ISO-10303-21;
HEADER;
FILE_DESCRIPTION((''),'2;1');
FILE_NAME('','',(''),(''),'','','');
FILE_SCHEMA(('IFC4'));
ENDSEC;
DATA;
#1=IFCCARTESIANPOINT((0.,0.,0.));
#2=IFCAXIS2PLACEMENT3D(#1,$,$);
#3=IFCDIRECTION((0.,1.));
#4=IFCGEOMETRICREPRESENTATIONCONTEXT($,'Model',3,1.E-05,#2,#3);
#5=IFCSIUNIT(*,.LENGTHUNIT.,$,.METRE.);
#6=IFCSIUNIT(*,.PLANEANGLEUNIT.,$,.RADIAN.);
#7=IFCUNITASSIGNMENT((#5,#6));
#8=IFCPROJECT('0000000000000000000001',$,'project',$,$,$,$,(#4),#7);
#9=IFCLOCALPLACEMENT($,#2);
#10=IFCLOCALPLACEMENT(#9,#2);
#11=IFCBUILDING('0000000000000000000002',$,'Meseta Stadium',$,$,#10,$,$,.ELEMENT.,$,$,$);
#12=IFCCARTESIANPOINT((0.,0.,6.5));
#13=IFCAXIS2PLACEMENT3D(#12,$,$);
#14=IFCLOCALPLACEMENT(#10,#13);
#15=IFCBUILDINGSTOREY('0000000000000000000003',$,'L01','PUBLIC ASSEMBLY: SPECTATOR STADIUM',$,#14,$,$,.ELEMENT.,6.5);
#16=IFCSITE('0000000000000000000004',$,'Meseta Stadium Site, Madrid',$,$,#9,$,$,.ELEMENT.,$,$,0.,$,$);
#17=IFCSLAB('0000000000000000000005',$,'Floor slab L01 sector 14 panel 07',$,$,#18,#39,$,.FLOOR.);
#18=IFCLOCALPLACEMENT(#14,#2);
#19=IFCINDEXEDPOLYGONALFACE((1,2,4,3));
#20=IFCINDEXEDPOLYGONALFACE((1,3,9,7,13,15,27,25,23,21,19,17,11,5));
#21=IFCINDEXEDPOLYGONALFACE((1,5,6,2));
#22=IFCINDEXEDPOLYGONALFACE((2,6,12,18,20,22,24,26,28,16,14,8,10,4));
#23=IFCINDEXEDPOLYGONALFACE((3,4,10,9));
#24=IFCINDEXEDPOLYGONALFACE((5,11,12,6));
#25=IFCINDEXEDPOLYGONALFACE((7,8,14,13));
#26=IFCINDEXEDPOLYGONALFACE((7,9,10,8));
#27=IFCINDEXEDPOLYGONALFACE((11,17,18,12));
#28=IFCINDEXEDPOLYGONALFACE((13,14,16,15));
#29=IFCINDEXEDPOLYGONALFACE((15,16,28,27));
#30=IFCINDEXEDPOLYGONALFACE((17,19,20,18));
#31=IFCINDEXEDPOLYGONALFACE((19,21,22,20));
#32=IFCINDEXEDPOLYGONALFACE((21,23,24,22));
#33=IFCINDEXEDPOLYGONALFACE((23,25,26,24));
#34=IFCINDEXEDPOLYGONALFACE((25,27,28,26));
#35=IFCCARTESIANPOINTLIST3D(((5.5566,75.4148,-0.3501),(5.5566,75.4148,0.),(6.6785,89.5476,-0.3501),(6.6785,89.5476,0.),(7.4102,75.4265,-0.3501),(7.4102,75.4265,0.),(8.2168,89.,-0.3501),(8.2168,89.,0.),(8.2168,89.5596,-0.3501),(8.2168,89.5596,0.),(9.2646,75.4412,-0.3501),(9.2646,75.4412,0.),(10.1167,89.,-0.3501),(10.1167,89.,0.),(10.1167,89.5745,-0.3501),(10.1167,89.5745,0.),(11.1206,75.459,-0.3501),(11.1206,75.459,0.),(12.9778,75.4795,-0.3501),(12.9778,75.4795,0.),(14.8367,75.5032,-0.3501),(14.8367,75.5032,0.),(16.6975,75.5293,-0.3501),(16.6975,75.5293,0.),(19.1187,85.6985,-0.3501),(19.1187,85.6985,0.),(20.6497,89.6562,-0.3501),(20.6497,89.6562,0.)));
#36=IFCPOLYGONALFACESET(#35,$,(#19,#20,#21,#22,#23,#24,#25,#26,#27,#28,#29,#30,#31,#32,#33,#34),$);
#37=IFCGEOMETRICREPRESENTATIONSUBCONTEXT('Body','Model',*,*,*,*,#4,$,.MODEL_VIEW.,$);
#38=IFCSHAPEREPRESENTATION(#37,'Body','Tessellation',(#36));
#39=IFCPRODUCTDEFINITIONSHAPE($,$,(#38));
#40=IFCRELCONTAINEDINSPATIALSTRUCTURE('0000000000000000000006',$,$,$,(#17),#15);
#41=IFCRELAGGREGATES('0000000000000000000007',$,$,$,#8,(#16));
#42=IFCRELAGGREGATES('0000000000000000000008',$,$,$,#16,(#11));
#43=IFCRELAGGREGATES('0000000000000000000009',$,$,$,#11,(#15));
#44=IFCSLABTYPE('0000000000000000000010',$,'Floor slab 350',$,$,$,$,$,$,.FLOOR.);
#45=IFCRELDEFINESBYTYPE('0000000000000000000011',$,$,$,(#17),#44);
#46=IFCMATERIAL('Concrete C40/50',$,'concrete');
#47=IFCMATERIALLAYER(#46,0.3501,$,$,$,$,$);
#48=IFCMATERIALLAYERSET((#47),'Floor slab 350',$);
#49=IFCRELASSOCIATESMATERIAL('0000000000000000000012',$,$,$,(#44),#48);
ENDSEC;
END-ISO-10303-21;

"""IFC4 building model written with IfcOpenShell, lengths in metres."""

from ifc_helpers import new_model, si_unit, direction, frame, origin, place, context, subcontext, project, spatial, polyline, outline, extrude, material, layer, layer_set, type_object, element, save


model = new_model("IFC4")

# Units and contexts
model_context = context("Model", 3, precision=1e-05, world=origin(), true_north=direction((0.0, 1.0)))
body_context = subcontext(model_context, "Body", "Model", "MODEL_VIEW")
ifc_project = project(units=[si_unit("LENGTHUNIT", "METRE"), si_unit("PLANEANGLEUNIT", "RADIAN")], contexts=[model_context])

# Site, building, storey
site_placement = place(None, origin())
site = spatial("IfcSite", under=ifc_project, at=site_placement, Name="Meseta Stadium Site, Madrid", CompositionType="ELEMENT", RefElevation=0.0)
building_placement = place(site_placement, origin())
building = spatial("IfcBuilding", under=site, at=building_placement, Name="Meseta Stadium", CompositionType="ELEMENT")
storey_placement = place(building_placement, frame((0.0, 0.0, 6.5)))
storey = spatial("IfcBuildingStorey", under=building, at=storey_placement, Name="L01", Description="PUBLIC ASSEMBLY: SPECTATOR STADIUM", CompositionType="ELEMENT", Elevation=6.5)

# Slab
ifc_material = material(Name="Concrete C40/50", Category="concrete")
ifc_layer = layer(ifc_material, 0.3501)
ifc_layer_set = layer_set([ifc_layer], Name="Floor slab 350")
slab_type = type_object("IfcSlabType", Name="Floor slab 350", PredefinedType="FLOOR", material=ifc_layer_set)
slab_1_placement = place(storey_placement, frame((0.0, 0.0, -0.3501)))
element("IfcSlab", 1, at=slab_1_placement, inside=storey, type_object=slab_type, Name="Floor slab L01 sector 14 panel 07", PredefinedType="FLOOR", context=body_context, shape_type="SweptSolid", body=[
    extrude(outline(polyline([(8.2168, 89.0), (8.2168, 89.5596), (6.6785, 89.5476), (5.5566, 75.4148), (7.4102, 75.4265), (9.2646, 75.4412), (11.1206, 75.459), (12.9778, 75.4795), (14.8367, 75.5032), (16.6975, 75.5293), (19.1187, 85.6985), (20.6497, 89.6562), (10.1167, 89.5745), (10.1167, 89.0), (8.2168, 89.0)])), origin(), (0.0, 0.0, 1.0), 0.3501),
])

save(model, "model.ifc")
